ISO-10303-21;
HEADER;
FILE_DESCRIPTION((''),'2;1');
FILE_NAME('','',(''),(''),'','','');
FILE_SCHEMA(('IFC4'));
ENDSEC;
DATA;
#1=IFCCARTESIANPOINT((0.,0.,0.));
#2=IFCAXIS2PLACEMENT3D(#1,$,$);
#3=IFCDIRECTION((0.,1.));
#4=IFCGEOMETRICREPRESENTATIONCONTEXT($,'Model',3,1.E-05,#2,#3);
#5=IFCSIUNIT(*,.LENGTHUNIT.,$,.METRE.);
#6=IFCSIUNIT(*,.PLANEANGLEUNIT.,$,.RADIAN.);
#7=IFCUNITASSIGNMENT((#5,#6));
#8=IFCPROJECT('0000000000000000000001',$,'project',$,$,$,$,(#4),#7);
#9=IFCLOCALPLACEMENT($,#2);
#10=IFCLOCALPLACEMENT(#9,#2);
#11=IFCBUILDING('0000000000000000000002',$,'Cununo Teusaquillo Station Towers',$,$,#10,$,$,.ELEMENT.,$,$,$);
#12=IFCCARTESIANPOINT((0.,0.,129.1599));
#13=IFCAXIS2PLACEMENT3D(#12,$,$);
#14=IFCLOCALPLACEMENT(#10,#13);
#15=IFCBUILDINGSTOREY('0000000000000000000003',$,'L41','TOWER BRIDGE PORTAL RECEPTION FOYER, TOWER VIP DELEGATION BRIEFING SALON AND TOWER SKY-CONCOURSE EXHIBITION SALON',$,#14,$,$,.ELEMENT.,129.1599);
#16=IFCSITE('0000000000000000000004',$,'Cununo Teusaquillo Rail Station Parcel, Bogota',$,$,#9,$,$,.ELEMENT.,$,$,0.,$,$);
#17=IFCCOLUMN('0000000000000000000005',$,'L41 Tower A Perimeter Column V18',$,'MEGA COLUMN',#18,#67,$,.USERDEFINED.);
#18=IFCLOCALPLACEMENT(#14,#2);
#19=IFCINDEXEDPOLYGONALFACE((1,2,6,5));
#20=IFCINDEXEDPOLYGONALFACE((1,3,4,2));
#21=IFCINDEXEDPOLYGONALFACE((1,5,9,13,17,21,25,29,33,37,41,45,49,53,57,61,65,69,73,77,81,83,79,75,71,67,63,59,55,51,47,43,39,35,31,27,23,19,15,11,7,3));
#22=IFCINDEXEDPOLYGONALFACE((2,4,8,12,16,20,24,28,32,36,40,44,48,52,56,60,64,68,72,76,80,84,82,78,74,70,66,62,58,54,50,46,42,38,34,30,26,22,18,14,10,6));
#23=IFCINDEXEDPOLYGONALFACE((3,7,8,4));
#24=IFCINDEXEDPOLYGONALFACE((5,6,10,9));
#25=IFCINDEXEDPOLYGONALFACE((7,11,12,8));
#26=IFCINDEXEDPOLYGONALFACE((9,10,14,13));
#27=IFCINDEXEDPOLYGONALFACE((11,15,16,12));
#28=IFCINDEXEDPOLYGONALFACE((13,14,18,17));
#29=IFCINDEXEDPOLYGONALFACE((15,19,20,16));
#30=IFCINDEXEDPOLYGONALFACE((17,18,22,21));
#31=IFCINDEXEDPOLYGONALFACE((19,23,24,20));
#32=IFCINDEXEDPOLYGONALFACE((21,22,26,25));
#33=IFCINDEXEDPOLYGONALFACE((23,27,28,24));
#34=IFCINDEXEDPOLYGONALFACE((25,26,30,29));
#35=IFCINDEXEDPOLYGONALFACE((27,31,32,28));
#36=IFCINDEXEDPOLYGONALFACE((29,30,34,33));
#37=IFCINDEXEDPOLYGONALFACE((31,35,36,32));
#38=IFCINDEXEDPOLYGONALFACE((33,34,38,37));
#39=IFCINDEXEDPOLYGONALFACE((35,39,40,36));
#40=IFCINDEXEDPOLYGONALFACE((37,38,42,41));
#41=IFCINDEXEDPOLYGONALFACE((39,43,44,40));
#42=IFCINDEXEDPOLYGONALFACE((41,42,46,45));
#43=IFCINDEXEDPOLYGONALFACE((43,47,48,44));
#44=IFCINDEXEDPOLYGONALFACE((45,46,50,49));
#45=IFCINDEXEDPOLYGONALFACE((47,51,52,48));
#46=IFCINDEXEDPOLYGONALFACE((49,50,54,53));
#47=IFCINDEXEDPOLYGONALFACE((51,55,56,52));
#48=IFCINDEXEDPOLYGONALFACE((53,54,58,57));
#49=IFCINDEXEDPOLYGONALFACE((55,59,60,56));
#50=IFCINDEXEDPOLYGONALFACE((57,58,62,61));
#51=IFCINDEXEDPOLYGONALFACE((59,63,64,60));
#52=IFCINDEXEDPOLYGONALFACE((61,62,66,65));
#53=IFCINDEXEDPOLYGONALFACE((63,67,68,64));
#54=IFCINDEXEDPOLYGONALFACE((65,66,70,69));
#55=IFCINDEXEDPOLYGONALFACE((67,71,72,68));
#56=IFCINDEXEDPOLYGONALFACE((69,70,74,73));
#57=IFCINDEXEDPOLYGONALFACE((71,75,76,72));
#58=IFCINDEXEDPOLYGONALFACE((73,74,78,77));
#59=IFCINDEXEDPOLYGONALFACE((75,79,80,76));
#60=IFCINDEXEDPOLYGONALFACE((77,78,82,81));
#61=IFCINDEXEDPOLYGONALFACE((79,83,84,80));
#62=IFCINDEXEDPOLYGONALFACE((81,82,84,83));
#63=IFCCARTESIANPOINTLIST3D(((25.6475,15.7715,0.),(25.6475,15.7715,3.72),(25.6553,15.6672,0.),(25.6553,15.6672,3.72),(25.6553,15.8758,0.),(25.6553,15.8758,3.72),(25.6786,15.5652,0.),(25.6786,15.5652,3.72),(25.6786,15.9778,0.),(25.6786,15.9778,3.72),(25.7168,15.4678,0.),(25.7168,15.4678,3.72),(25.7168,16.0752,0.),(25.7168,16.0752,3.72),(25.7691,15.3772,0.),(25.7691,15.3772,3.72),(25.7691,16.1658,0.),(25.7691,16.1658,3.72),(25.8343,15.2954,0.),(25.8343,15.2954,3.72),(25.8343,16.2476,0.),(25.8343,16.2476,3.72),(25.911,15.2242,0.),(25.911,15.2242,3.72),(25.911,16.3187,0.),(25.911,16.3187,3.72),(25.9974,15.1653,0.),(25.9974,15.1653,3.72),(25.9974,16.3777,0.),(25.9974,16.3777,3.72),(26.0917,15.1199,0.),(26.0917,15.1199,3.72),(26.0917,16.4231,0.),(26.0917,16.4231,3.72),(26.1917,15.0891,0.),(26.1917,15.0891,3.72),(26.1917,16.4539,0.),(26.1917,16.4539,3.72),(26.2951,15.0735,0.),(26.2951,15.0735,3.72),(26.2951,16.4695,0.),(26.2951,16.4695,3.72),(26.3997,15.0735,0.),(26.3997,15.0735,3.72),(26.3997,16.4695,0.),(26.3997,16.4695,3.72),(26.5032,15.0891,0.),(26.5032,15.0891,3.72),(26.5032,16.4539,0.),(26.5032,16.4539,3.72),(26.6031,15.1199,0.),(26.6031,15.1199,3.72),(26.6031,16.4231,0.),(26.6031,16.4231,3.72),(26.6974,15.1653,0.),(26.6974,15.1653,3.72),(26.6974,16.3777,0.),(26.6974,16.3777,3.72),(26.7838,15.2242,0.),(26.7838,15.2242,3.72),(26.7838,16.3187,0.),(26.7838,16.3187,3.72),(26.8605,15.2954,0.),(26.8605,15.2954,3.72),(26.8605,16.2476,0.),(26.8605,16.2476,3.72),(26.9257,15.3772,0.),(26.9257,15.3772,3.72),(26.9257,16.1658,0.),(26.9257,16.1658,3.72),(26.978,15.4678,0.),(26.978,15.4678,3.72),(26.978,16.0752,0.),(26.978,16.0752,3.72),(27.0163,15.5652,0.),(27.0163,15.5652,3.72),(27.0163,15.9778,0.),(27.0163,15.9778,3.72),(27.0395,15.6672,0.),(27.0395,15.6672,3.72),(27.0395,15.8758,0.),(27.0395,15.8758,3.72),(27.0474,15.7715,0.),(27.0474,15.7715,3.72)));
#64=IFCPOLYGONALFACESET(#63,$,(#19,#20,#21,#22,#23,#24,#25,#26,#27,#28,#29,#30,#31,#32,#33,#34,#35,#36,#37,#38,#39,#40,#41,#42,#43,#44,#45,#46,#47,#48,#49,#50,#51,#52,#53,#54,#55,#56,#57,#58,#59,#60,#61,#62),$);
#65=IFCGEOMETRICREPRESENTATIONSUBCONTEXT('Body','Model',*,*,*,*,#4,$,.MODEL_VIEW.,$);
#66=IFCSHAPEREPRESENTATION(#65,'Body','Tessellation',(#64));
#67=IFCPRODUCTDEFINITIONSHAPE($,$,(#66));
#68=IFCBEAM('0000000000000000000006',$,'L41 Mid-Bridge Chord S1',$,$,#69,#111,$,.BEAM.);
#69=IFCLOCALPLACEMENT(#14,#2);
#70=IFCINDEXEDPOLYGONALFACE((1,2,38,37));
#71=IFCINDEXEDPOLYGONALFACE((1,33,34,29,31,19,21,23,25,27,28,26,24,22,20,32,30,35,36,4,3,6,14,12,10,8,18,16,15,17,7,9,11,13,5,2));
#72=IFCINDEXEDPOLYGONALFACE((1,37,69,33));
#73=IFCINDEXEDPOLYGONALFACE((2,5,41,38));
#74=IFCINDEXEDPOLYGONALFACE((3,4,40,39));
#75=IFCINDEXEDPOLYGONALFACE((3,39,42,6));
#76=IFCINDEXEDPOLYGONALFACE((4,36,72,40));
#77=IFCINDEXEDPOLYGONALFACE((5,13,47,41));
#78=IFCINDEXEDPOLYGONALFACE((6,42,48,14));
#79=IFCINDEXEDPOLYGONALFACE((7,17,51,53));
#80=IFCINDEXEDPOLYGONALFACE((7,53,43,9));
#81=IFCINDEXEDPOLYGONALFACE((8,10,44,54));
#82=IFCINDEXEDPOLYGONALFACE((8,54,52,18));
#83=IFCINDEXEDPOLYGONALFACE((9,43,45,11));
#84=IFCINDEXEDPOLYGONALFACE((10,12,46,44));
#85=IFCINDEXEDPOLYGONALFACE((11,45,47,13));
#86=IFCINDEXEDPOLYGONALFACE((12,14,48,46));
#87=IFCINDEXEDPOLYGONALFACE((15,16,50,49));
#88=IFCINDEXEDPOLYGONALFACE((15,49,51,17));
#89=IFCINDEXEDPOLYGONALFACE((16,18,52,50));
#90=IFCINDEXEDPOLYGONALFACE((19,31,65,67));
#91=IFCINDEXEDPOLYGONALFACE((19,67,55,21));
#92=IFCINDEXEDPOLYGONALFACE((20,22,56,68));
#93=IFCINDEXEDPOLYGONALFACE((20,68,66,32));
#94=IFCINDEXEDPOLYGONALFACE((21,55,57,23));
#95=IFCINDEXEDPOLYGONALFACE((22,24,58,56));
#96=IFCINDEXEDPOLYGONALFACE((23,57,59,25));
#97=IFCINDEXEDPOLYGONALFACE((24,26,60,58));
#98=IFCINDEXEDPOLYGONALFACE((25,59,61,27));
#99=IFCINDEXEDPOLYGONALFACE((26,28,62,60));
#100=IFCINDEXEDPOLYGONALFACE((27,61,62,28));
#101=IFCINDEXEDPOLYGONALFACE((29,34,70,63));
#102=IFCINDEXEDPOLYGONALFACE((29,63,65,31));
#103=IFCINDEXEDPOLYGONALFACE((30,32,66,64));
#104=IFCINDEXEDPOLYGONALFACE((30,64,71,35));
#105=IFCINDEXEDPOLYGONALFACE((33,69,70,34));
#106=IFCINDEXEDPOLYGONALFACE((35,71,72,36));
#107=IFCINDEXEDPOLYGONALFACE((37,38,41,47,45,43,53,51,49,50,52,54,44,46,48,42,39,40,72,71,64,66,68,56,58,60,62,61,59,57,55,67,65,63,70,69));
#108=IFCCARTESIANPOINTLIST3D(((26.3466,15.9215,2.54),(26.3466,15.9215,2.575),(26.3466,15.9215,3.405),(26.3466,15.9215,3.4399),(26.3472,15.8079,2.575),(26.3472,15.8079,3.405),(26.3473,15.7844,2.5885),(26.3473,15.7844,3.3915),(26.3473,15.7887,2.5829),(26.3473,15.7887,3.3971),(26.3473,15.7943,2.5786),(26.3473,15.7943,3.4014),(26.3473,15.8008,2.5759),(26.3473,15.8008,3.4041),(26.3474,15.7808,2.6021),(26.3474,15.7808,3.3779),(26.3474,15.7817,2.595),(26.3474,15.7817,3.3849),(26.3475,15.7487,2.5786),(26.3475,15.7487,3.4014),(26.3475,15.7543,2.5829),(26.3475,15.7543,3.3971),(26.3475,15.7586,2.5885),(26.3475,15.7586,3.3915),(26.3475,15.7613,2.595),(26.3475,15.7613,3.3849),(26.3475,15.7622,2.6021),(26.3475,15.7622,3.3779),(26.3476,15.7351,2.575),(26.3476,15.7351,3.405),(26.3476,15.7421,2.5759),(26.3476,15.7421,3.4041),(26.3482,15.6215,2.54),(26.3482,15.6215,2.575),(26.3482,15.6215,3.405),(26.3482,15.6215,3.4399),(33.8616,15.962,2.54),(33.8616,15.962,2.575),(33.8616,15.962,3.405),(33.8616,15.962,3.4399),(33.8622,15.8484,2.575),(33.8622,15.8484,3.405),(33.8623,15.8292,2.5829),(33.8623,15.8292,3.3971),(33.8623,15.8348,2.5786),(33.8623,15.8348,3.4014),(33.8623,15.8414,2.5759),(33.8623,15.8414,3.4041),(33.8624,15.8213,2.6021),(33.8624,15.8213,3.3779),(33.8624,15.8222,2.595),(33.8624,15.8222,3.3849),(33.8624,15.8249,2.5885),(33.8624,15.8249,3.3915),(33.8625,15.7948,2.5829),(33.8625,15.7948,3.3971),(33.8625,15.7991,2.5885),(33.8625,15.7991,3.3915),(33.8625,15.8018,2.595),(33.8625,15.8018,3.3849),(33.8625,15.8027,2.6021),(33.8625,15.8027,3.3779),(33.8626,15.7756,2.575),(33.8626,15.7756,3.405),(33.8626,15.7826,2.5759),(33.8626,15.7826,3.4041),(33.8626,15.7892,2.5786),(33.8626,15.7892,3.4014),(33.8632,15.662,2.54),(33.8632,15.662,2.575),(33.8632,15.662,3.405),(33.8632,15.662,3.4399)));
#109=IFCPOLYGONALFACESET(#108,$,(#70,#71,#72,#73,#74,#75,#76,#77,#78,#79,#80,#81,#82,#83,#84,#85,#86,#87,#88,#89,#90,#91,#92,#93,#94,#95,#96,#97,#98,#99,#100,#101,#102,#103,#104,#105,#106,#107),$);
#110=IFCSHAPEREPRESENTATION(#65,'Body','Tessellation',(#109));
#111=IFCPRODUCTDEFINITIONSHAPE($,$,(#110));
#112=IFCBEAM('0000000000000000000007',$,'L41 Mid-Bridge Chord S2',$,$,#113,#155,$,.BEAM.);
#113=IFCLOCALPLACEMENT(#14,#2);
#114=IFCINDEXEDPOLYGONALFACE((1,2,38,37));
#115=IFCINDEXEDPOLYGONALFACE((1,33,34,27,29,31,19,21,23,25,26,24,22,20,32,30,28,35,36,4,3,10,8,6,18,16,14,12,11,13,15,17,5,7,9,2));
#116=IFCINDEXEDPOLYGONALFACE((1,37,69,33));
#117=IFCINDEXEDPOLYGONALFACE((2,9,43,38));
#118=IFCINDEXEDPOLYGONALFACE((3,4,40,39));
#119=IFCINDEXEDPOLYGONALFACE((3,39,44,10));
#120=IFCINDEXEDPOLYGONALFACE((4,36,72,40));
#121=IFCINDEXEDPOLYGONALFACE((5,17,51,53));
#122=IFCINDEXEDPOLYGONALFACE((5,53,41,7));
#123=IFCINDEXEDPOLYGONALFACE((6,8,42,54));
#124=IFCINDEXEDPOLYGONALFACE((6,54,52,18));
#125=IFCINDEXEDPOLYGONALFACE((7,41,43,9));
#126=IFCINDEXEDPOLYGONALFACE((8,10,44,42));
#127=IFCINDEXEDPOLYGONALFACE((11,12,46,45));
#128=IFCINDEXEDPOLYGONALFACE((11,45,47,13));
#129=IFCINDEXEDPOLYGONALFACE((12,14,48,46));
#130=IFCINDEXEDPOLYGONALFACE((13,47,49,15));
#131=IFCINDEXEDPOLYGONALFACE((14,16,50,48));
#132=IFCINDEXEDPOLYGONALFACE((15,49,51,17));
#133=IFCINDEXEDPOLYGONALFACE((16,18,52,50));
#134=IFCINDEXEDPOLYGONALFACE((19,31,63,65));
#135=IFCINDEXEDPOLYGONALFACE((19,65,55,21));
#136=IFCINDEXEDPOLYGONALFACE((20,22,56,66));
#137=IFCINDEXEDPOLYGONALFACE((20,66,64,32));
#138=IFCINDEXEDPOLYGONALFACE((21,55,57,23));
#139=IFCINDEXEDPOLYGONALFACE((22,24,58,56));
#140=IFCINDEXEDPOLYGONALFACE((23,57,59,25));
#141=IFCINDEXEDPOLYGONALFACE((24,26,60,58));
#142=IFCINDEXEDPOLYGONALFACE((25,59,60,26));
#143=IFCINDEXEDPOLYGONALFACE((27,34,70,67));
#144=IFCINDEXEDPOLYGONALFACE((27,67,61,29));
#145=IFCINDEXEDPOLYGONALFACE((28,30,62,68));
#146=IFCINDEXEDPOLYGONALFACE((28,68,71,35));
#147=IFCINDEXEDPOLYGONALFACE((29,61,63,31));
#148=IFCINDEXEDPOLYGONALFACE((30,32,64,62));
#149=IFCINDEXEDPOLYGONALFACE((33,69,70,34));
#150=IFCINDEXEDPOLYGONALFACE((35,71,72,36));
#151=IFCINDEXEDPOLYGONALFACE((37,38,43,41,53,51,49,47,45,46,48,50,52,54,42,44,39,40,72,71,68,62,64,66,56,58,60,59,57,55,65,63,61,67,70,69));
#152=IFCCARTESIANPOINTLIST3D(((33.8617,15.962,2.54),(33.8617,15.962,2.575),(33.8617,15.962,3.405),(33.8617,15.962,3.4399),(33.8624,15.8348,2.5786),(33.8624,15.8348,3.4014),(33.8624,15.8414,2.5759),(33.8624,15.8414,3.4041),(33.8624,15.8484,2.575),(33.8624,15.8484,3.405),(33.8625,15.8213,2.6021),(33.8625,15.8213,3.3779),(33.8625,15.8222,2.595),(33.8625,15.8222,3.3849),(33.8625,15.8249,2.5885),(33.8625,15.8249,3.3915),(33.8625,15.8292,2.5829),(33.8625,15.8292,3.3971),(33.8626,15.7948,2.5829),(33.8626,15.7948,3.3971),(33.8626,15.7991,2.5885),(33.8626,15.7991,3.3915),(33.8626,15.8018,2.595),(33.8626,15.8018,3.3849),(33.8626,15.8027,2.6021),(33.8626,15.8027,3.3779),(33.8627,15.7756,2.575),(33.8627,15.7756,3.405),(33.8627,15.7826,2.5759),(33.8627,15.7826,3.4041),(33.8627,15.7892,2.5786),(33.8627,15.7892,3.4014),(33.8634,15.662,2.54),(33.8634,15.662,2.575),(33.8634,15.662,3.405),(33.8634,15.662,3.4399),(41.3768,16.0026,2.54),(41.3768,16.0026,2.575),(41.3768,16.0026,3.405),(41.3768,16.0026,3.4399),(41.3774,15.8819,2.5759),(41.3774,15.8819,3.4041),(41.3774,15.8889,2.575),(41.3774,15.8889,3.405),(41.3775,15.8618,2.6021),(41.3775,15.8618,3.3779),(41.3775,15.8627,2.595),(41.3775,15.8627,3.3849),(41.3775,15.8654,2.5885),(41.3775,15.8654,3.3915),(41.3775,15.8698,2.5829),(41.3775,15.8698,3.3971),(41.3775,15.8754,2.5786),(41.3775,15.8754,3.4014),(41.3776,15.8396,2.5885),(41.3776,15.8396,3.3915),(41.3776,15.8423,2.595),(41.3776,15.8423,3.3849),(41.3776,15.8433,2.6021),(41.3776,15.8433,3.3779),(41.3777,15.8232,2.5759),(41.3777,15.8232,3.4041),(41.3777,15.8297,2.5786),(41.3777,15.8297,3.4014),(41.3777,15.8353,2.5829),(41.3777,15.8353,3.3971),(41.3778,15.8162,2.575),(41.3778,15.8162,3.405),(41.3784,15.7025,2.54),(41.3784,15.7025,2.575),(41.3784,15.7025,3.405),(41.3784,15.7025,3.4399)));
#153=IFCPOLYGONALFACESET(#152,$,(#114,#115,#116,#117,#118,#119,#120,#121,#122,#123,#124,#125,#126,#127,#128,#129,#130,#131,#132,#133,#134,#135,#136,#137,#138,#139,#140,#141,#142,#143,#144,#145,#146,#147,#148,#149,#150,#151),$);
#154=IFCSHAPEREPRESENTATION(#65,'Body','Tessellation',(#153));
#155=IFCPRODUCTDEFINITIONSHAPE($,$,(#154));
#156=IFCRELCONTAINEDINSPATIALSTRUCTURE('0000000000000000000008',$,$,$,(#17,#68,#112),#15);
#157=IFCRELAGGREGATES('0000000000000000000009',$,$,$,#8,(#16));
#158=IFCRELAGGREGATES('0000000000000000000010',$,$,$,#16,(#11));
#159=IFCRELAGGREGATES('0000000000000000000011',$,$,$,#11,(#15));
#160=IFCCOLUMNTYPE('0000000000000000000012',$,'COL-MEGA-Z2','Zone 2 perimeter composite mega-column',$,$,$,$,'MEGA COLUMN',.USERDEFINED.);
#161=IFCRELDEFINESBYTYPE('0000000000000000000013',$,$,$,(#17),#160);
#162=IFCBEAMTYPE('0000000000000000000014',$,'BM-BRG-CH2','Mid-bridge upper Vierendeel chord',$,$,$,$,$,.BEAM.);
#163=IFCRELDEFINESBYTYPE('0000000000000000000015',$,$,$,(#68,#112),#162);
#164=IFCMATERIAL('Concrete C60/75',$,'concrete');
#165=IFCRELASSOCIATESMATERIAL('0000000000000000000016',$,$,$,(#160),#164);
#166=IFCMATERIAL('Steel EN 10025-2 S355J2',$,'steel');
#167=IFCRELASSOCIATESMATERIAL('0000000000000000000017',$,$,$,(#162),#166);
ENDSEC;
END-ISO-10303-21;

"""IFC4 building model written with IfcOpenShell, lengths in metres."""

from ifc_helpers import new_model, si_unit, direction, frame, origin, origin_2d, place, context, subcontext, project, spatial, circle, i_section, extrude, material, material_profile, profile_set, type_object, element, save


model = new_model("IFC4")

# Units and contexts
model_context = context("Model", 3, precision=1e-05, world=origin(), true_north=direction((0.0, 1.0)))
body_context = subcontext(model_context, "Body", "Model", "MODEL_VIEW")
ifc_project = project(units=[si_unit("LENGTHUNIT", "METRE"), si_unit("PLANEANGLEUNIT", "RADIAN")], contexts=[model_context])

# Site, building, storey
site_placement = place(None, origin())
site = spatial("IfcSite", under=ifc_project, at=site_placement, Name="Cununo Teusaquillo Rail Station Parcel, Bogota", CompositionType="ELEMENT", RefElevation=0.0)
building_placement = place(site_placement, origin())
building = spatial("IfcBuilding", under=site, at=building_placement, Name="Cununo Teusaquillo Station Towers", CompositionType="ELEMENT")
storey_placement = place(building_placement, frame((0.0, 0.0, 129.1599)))
storey = spatial("IfcBuildingStorey", under=building, at=storey_placement, Name="L41", Description="TOWER BRIDGE PORTAL RECEPTION FOYER, TOWER VIP DELEGATION BRIEFING SALON AND TOWER SKY-CONCOURSE EXHIBITION SALON", CompositionType="ELEMENT", Elevation=129.1599)

# Column
ifc_material_1 = material(Name="Concrete C60/75", Category="concrete")
ifc_material_profile_1 = material_profile(ifc_material_1, circle(Radius=0.7, at=origin_2d()), Name="RC-CIRC-1400")
ifc_profile_set_1 = profile_set([ifc_material_profile_1], Name="Concrete C60/75")
column_type_1 = type_object("IfcColumnType", Name="COL-MEGA-Z2", Description="Zone 2 perimeter composite mega-column", ElementType="MEGA COLUMN", PredefinedType="USERDEFINED", material=ifc_profile_set_1)
for number, where, z_axis, x_axis, name in (
    (1, (26.3474, 15.7715, 0.0), (0.0, 0.0, 1.0), (1.0, 0.0, 0.0), "L41 Tower A Perimeter Column V18"),
):
    element("IfcColumn", number, at=place(storey_placement, frame(where, z_axis=z_axis, x_axis=x_axis)), inside=storey, type_object=column_type_1, Name=name, ObjectType="MEGA COLUMN", PredefinedType="USERDEFINED", context=body_context, shape_type="SweptSolid", body=[
        extrude(circle(Radius=0.7, at=origin_2d()), origin(), (0.0, 0.0, 1.0), 3.72),
    ])

# Beams
ifc_material_2 = material(Name="Steel EN 10025-2 S355J2", Category="steel")
ifc_material_profile_2 = material_profile(ifc_material_2, i_section(OverallWidth=0.3, OverallDepth=0.8999, WebThickness=0.0186, FlangeThickness=0.0349, FilletRadius=0.0271, at=origin_2d()), Name="HEB 900")
ifc_profile_set_2 = profile_set([ifc_material_profile_2], Name="Steel EN 10025-2 S355J2")
beam_type_1 = type_object("IfcBeamType", Name="BM-BRG-CH2", Description="Mid-bridge upper Vierendeel chord", PredefinedType="BEAM", material=ifc_profile_set_2)
for number, where, z_axis, x_axis, name in (
    (2, (26.3474, 15.7715, 2.99), (0.999985, 0.005393, 0.0), (-0.005393, 0.999985, 0.0), "L41 Mid-Bridge Chord S1"),
    (3, (33.8625, 15.812, 2.99), (0.999985, 0.005393, 0.0), (-0.005393, 0.999985, 0.0), "L41 Mid-Bridge Chord S2"),
):
    element("IfcBeam", number, at=place(storey_placement, frame(where, z_axis=z_axis, x_axis=x_axis)), inside=storey, type_object=beam_type_1, Name=name, PredefinedType="BEAM", context=body_context, shape_type="SweptSolid", body=[
        extrude(i_section(OverallWidth=0.3, OverallDepth=0.8999, WebThickness=0.0186, FlangeThickness=0.0349, FilletRadius=0.0271, at=origin_2d()), origin(), (0.0, 0.0, 1.0), 7.5151),
    ])

save(model, "model.ifc")
